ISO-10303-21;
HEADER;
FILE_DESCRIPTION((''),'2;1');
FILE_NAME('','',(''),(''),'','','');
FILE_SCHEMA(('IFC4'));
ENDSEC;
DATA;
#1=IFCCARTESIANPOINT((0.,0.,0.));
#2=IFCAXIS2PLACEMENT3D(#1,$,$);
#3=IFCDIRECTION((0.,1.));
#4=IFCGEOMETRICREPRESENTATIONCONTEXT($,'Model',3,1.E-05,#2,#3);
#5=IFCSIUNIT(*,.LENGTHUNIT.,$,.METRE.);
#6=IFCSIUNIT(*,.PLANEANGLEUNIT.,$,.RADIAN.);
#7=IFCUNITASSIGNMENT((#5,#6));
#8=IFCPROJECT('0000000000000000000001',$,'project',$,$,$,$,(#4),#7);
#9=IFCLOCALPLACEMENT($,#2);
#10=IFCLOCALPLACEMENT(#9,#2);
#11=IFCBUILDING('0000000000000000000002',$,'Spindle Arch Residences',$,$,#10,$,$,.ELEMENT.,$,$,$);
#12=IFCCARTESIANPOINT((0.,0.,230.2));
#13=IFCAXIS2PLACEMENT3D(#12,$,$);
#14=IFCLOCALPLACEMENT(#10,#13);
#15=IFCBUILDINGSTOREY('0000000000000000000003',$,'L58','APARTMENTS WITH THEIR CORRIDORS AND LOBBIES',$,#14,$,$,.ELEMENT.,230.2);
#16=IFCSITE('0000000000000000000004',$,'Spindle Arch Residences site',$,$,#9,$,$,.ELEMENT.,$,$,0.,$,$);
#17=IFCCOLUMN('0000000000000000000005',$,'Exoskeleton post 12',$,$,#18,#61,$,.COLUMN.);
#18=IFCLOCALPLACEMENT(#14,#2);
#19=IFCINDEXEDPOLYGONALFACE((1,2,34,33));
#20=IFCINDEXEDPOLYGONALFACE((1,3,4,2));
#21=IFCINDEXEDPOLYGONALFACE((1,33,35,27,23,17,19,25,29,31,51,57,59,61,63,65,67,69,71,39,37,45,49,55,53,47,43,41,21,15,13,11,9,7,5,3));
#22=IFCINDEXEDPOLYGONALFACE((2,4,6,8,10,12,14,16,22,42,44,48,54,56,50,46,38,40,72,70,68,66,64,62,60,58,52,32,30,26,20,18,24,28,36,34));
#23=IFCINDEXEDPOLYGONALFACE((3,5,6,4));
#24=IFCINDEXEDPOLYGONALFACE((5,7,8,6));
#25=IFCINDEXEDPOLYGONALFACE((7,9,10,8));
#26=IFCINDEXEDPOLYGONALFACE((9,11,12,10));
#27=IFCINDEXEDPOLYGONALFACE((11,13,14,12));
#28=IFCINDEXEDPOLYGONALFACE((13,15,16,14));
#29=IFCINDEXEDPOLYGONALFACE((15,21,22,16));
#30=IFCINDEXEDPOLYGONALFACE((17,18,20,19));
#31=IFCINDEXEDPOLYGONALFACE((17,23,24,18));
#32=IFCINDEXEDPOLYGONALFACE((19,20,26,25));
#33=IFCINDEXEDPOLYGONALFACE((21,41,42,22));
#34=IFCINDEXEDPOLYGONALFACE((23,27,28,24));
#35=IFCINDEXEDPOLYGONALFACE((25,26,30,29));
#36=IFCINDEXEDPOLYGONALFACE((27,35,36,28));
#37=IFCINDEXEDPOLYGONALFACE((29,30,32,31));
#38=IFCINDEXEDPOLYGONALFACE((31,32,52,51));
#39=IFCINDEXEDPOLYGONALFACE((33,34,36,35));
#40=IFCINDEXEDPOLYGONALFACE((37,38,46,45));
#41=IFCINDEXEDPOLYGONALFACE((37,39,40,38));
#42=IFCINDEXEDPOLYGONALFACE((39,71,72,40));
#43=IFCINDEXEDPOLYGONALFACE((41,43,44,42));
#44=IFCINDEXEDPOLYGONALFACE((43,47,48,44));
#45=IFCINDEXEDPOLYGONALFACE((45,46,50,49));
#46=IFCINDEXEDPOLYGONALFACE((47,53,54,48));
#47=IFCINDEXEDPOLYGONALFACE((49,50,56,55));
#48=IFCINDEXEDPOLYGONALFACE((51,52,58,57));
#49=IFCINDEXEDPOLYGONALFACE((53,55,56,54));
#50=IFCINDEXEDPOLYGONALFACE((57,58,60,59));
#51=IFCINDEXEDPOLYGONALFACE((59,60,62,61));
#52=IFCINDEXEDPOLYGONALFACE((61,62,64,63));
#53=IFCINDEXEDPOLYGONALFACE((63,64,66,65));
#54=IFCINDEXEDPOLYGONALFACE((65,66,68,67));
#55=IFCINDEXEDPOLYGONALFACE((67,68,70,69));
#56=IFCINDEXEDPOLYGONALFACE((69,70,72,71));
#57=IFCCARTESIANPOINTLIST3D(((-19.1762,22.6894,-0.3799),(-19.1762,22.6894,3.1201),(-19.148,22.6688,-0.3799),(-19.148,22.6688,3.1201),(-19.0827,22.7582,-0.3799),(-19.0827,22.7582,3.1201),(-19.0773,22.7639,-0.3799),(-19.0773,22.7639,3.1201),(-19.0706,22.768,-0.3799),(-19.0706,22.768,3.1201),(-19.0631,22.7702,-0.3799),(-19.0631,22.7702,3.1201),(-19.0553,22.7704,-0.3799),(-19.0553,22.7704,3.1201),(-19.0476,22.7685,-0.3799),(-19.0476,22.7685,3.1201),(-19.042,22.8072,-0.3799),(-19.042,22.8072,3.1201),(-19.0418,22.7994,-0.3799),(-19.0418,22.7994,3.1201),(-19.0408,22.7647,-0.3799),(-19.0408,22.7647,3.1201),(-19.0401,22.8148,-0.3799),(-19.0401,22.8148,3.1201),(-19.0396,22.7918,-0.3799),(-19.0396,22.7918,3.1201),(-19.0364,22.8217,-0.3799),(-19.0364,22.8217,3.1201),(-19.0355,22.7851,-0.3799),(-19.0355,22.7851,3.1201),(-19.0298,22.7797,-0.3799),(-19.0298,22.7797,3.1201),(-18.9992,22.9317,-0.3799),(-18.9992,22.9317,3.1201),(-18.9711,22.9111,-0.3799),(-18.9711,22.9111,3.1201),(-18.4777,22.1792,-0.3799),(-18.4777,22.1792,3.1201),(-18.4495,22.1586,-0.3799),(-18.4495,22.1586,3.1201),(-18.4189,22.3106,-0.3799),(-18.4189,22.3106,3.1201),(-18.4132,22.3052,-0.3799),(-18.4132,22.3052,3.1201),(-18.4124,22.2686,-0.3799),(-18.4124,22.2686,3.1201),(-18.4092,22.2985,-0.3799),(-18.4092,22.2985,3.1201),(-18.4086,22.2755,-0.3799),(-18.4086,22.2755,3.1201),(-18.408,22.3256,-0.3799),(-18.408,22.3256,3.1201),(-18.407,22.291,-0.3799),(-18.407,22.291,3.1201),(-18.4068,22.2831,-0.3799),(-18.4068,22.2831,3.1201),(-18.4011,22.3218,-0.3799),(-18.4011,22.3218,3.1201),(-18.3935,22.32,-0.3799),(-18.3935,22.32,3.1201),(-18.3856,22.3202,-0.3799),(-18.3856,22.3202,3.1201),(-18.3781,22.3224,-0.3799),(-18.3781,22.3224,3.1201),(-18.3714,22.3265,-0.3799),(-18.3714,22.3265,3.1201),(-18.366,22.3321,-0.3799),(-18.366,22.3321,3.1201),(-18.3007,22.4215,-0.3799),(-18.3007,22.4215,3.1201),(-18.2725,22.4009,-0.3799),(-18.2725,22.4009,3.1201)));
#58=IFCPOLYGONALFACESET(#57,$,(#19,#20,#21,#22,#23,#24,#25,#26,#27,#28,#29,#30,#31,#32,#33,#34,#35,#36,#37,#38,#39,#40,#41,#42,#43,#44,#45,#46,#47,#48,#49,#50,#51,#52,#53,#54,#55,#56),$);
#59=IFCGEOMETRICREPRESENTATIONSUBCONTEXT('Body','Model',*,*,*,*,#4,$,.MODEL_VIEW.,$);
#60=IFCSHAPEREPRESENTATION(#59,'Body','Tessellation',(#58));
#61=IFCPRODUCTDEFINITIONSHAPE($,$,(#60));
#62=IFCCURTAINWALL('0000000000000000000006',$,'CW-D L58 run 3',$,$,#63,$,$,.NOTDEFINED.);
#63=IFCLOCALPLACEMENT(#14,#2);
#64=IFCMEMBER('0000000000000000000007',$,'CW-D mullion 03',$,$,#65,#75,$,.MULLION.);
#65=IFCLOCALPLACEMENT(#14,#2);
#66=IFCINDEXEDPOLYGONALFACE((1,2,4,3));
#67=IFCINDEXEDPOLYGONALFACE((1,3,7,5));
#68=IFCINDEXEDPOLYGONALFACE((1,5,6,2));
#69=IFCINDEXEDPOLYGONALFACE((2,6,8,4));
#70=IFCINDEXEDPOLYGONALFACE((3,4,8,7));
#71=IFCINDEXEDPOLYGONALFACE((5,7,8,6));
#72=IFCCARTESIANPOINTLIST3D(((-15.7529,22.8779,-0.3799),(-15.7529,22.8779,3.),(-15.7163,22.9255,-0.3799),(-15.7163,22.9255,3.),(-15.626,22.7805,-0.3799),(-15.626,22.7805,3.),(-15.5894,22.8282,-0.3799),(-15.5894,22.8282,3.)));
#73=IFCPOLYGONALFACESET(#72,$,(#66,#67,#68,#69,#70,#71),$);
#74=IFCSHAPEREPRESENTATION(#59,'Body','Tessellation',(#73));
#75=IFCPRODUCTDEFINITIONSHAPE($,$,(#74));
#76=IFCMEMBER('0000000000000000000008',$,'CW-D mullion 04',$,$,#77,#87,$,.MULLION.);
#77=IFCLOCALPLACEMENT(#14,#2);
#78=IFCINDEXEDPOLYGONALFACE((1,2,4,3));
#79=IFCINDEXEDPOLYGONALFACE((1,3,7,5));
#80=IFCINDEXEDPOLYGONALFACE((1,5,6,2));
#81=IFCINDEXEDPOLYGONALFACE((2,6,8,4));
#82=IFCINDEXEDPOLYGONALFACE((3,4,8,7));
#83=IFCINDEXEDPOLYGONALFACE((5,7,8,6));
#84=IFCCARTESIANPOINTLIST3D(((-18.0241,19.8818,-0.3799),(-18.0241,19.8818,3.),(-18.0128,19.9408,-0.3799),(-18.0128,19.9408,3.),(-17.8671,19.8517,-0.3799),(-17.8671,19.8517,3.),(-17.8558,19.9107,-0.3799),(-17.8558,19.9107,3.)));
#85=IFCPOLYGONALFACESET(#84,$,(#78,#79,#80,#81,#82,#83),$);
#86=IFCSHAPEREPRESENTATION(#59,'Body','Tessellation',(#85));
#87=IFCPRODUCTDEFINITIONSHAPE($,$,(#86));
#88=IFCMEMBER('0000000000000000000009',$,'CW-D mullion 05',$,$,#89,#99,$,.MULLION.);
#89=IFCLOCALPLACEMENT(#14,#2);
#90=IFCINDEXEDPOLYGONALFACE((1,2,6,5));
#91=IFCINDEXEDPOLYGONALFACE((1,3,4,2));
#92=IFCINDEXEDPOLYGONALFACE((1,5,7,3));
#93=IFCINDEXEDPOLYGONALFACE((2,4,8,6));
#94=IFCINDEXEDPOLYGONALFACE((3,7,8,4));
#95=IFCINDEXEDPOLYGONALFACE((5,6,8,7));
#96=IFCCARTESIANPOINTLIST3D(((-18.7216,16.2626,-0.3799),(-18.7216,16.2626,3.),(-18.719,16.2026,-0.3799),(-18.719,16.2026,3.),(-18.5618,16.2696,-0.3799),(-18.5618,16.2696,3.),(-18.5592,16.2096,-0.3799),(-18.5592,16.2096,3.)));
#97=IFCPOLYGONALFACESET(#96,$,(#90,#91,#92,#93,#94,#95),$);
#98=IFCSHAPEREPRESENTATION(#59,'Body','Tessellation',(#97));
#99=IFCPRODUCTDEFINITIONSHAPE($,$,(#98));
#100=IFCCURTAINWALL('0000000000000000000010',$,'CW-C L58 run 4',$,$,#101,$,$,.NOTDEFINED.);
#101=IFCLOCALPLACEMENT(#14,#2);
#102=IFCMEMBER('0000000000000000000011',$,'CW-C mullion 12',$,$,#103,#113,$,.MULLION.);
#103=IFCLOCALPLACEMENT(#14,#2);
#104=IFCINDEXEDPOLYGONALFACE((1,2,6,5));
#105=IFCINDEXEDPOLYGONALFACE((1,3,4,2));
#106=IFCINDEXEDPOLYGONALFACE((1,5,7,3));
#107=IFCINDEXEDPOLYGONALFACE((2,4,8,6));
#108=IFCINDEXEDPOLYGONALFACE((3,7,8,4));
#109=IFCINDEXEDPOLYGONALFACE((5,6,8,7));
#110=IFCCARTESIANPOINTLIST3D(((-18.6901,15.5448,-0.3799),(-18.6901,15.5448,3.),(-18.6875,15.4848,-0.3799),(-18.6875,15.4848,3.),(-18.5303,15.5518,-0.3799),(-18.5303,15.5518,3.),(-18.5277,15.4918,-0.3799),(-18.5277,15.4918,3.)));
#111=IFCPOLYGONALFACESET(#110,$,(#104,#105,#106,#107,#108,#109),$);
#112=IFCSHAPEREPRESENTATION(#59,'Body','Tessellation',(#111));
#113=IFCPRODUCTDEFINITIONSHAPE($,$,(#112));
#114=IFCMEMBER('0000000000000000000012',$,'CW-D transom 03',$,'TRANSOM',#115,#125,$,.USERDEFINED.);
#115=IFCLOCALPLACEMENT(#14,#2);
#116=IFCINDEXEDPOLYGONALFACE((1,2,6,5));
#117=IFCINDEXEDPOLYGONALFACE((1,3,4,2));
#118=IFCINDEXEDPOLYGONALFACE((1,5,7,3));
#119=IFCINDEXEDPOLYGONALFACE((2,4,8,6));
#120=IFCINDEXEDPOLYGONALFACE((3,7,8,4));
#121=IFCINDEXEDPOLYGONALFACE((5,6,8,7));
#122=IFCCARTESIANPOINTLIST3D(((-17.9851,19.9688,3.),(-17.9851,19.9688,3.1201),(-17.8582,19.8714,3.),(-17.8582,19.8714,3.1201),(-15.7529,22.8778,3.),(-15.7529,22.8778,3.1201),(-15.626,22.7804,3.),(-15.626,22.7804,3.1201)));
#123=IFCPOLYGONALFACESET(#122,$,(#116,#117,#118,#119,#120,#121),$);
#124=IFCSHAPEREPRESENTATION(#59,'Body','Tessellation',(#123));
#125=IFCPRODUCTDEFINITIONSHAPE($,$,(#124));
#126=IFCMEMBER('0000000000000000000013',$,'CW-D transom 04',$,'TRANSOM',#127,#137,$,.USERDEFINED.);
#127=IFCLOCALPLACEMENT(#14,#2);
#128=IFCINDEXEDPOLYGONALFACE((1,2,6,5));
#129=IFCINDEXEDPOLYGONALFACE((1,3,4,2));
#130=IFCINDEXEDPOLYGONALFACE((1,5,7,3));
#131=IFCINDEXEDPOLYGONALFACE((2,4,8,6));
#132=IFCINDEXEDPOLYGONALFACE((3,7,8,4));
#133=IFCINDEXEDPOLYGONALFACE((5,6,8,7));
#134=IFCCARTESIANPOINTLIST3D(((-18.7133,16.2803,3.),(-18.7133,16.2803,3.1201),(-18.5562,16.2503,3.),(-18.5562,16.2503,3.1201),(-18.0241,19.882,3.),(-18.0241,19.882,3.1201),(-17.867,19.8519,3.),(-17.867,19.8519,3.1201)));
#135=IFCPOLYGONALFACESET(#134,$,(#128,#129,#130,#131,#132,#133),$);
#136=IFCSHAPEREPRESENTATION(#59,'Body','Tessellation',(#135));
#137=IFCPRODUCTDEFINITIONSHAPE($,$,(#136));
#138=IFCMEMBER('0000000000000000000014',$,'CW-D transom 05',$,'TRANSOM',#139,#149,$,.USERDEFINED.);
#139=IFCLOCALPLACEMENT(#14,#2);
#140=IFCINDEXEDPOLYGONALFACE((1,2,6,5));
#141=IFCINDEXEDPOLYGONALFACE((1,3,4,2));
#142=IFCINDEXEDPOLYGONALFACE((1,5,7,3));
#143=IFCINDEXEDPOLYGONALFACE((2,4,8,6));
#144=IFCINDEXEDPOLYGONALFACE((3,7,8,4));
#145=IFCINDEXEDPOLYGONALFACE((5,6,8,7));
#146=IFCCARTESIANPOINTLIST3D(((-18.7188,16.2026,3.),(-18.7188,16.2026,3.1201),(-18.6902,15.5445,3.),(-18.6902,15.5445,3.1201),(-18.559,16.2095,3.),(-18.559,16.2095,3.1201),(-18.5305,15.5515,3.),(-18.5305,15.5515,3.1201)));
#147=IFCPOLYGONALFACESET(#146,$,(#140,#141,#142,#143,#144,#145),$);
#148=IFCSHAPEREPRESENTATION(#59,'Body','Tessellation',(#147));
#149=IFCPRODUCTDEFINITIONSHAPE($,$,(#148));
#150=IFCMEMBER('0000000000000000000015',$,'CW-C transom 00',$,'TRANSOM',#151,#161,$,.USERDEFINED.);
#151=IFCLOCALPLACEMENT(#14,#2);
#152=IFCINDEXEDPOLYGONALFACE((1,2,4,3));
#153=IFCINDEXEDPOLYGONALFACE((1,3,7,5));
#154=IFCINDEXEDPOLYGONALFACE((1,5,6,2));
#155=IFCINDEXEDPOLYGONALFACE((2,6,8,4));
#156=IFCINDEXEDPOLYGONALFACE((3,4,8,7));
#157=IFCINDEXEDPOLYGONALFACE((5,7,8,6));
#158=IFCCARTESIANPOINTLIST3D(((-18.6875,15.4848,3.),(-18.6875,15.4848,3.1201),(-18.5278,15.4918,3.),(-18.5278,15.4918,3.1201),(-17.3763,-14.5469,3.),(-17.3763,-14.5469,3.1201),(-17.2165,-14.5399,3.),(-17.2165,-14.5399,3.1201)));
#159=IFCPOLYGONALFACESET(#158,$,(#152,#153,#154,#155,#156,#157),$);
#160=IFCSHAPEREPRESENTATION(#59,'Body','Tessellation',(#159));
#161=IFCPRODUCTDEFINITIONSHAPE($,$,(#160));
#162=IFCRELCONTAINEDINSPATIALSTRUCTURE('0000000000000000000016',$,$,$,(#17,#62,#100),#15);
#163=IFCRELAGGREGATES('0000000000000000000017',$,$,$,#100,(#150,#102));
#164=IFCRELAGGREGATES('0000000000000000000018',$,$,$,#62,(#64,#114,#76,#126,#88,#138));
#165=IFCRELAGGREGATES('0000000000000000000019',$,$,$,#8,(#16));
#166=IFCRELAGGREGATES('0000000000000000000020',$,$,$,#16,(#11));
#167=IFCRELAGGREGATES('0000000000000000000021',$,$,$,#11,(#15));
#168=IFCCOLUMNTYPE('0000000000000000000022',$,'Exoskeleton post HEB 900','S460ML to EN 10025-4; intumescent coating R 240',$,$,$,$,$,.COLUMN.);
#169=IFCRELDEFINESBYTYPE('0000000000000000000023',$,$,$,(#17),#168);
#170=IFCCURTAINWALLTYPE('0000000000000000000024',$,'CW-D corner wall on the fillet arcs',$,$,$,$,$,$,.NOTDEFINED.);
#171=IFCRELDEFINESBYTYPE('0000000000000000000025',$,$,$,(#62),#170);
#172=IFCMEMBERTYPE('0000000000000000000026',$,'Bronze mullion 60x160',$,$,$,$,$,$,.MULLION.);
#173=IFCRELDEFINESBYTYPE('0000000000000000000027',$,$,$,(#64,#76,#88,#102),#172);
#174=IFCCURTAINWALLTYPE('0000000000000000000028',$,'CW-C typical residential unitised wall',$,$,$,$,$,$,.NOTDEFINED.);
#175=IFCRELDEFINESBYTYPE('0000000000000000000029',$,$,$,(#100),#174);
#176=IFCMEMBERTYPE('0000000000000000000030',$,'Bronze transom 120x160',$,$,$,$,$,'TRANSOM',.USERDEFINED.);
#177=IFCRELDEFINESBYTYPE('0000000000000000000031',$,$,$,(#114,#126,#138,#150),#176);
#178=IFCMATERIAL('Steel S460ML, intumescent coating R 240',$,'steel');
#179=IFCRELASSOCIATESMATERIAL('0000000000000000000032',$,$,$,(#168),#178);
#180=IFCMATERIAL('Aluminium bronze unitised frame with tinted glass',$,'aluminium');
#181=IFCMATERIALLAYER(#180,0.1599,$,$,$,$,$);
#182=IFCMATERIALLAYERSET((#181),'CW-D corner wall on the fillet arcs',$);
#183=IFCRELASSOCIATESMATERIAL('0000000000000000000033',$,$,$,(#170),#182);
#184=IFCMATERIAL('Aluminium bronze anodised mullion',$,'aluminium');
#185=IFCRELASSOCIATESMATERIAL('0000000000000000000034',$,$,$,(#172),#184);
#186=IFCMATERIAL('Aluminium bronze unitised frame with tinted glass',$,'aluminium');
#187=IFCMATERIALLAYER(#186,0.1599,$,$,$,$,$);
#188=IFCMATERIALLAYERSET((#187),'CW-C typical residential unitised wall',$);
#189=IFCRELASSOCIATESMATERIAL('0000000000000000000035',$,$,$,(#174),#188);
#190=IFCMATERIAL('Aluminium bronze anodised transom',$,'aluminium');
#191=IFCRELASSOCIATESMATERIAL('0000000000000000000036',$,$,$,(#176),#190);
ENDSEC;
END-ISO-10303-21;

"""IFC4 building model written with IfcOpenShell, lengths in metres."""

from ifc_helpers import new_model, si_unit, direction, frame, origin, origin_2d, place, context, subcontext, project, spatial, rectangle, i_section, extrude, material, layer, layer_set, material_profile, profile_set, type_object, element, aggregate, save


model = new_model("IFC4")

# Units and contexts
model_context = context("Model", 3, precision=1e-05, world=origin(), true_north=direction((0.0, 1.0)))
body_context = subcontext(model_context, "Body", "Model", "MODEL_VIEW")
ifc_project = project(units=[si_unit("LENGTHUNIT", "METRE"), si_unit("PLANEANGLEUNIT", "RADIAN")], contexts=[model_context])

# Site, building, storey
site_placement = place(None, origin())
site = spatial("IfcSite", under=ifc_project, at=site_placement, Name="Spindle Arch Residences site", CompositionType="ELEMENT", RefElevation=0.0)
building_placement = place(site_placement, origin())
building = spatial("IfcBuilding", under=site, at=building_placement, Name="Spindle Arch Residences", CompositionType="ELEMENT")
storey_placement = place(building_placement, frame((0.0, 0.0, 230.2)))
storey = spatial("IfcBuildingStorey", under=building, at=storey_placement, Name="L58", Description="APARTMENTS WITH THEIR CORRIDORS AND LOBBIES", CompositionType="ELEMENT", Elevation=230.2)

# Column
ifc_material_1 = material(Name="Steel S460ML, intumescent coating R 240", Category="steel")
ifc_material_profile_1 = material_profile(ifc_material_1, i_section(OverallWidth=0.3, OverallDepth=0.8999, WebThickness=0.0186, FlangeThickness=0.0349, FilletRadius=0.03, at=origin_2d()), Name="HEB 900")
ifc_profile_set_1 = profile_set([ifc_material_profile_1], Name="Steel S460ML, intumescent coating R 240")
column_type = type_object("IfcColumnType", Name="Exoskeleton post HEB 900", Description="S460ML to EN 10025-4; intumescent coating R 240", PredefinedType="COLUMN", material=ifc_profile_set_1)
column_placement = place(storey_placement, frame((-18.7244, 22.5452, -0.3799), z_axis=(0.0, 0.0, 1.0), x_axis=(0.589781, 0.807563, 0.0)))
element("IfcColumn", 1, at=column_placement, inside=storey, type_object=column_type, Name="Exoskeleton post 12", PredefinedType="COLUMN", context=body_context, shape_type="SweptSolid", body=[
    extrude(i_section(OverallWidth=0.3, OverallDepth=0.8999, WebThickness=0.0186, FlangeThickness=0.0349, FilletRadius=0.03, at=origin_2d()), origin(), (0.0, 0.0, 1.0), 3.5),
])

# Curtain wall, members
ifc_material_2 = material(Name="Aluminium bronze unitised frame with tinted glass", Category="aluminium")
ifc_layer_1 = layer(ifc_material_2, 0.1599)
ifc_layer_set_1 = layer_set([ifc_layer_1], Name="CW-D corner wall on the fillet arcs")
curtain_wall_type_1 = type_object("IfcCurtainWallType", Name="CW-D corner wall on the fillet arcs", PredefinedType="NOTDEFINED", material=ifc_layer_set_1)
curtain_wall_1_placement = place(storey_placement, origin())
curtain_wall_1 = element("IfcCurtainWall", 2, at=curtain_wall_1_placement, inside=storey, type_object=curtain_wall_type_1, Name="CW-D L58 run 3", PredefinedType="NOTDEFINED")
ifc_material_3 = material(Name="Aluminium bronze anodised mullion", Category="aluminium")
ifc_material_profile_2 = material_profile(ifc_material_3, rectangle(XDim=0.1599, YDim=0.0601, at=origin_2d()), Name="MU 60x160")
ifc_profile_set_2 = profile_set([ifc_material_profile_2], Name="Aluminium bronze anodised mullion")
member_type_1 = type_object("IfcMemberType", Name="Bronze mullion 60x160", PredefinedType="MULLION", material=ifc_profile_set_2)
member_1_placement = place(storey_placement, frame((-15.6711, 22.853, -0.3799), z_axis=(0.0, 0.0, 1.0), x_axis=(0.793353, -0.608761, 0.0)))
member_1 = element("IfcMember", 3, at=member_1_placement, type_object=member_type_1, Name="CW-D mullion 03", PredefinedType="MULLION", context=body_context, shape_type="SweptSolid", body=[
    extrude(rectangle(XDim=0.1599, YDim=0.0601, at=origin_2d()), origin(), (0.0, 0.0, 1.0), 3.3799),
])
member_2_placement = place(storey_placement, frame((-17.9399, 19.8962, -0.3799), z_axis=(0.0, 0.0, 1.0), x_axis=(0.982178, -0.187953, 0.0)))
member_2 = element("IfcMember", 4, at=member_2_placement, type_object=member_type_1, Name="CW-D mullion 04", PredefinedType="MULLION", context=body_context, shape_type="SweptSolid", body=[
    extrude(rectangle(XDim=0.1599, YDim=0.0601, at=origin_2d()), origin(), (0.0, 0.0, 1.0), 3.3799),
])
member_3_placement = place(storey_placement, frame((-18.6404, 16.2361, -0.3799), z_axis=(0.0, 0.0, 1.0), x_axis=(0.999048, 0.043619, 0.0)))
member_3 = element("IfcMember", 5, at=member_3_placement, type_object=member_type_1, Name="CW-D mullion 05", PredefinedType="MULLION", context=body_context, shape_type="SweptSolid", body=[
    extrude(rectangle(XDim=0.1599, YDim=0.0601, at=origin_2d()), origin(), (0.0, 0.0, 1.0), 3.3799),
])

# Curtain wall, member
ifc_material_4 = material(Name="Aluminium bronze unitised frame with tinted glass", Category="aluminium")
ifc_layer_2 = layer(ifc_material_4, 0.1599)
ifc_layer_set_2 = layer_set([ifc_layer_2], Name="CW-C typical residential unitised wall")
curtain_wall_type_2 = type_object("IfcCurtainWallType", Name="CW-C typical residential unitised wall", PredefinedType="NOTDEFINED", material=ifc_layer_set_2)
curtain_wall_2_placement = place(storey_placement, origin())
curtain_wall_2 = element("IfcCurtainWall", 6, at=curtain_wall_2_placement, inside=storey, type_object=curtain_wall_type_2, Name="CW-C L58 run 4", PredefinedType="NOTDEFINED")
member_4_placement = place(storey_placement, frame((-18.6089, 15.5183, -0.3799), z_axis=(0.0, 0.0, 1.0), x_axis=(0.999048, 0.043619, 0.0)))
member_4 = element("IfcMember", 7, at=member_4_placement, type_object=member_type_1, Name="CW-C mullion 12", PredefinedType="MULLION", context=body_context, shape_type="SweptSolid", body=[
    extrude(rectangle(XDim=0.1599, YDim=0.0601, at=origin_2d()), origin(), (0.0, 0.0, 1.0), 3.3799),
])

# Members
ifc_material_5 = material(Name="Aluminium bronze anodised transom", Category="aluminium")
ifc_material_profile_3 = material_profile(ifc_material_5, rectangle(XDim=0.1599, YDim=0.1201, at=origin_2d()), Name="TR 120x160")
ifc_profile_set_3 = profile_set([ifc_material_profile_3], Name="Aluminium bronze anodised transom")
member_type_2 = type_object("IfcMemberType", Name="Bronze transom 120x160", ElementType="TRANSOM", PredefinedType="USERDEFINED", material=ifc_profile_set_3)
member_5_placement = place(storey_placement, frame((-15.6895, 22.8291, 3.0601), z_axis=(-0.608774, -0.793344, 0.0), x_axis=(0.793344, -0.608774, 0.0)))
member_5 = element("IfcMember", 8, at=member_5_placement, type_object=member_type_2, Name="CW-D transom 03", ObjectType="TRANSOM", PredefinedType="USERDEFINED", context=body_context, shape_type="SweptSolid", body=[
    extrude(rectangle(XDim=0.1599, YDim=0.1201, at=origin_2d()), origin(), (0.0, 0.0, 1.0), 3.6667),
])
member_6_placement = place(storey_placement, frame((-17.9456, 19.8669, 3.0601), z_axis=(-0.187953, -0.982178, 0.0), x_axis=(0.982178, -0.187953, 0.0)))
member_6 = element("IfcMember", 9, at=member_6_placement, type_object=member_type_2, Name="CW-D transom 04", ObjectType="TRANSOM", PredefinedType="USERDEFINED", context=body_context, shape_type="SweptSolid", body=[
    extrude(rectangle(XDim=0.1599, YDim=0.1201, at=origin_2d()), origin(), (0.0, 0.0, 1.0), 3.667),
])
member_7_placement = place(storey_placement, frame((-18.6389, 16.2061, 3.0601), z_axis=(0.043373, -0.999059, 0.0), x_axis=(0.999059, 0.043373, 0.0)))
member_7 = element("IfcMember", 10, at=member_7_placement, type_object=member_type_2, Name="CW-D transom 05", ObjectType="TRANSOM", PredefinedType="USERDEFINED", context=body_context, shape_type="SweptSolid", body=[
    extrude(rectangle(XDim=0.1599, YDim=0.1201, at=origin_2d()), origin(), (0.0, 0.0, 1.0), 0.6587),
])
member_8_placement = place(storey_placement, frame((-18.6077, 15.4883, 3.0601), z_axis=(0.043622, -0.999048, 0.0), x_axis=(0.999048, 0.043622, 0.0)))
member_8 = element("IfcMember", 11, at=member_8_placement, type_object=member_type_2, Name="CW-C transom 00", ObjectType="TRANSOM", PredefinedType="USERDEFINED", context=body_context, shape_type="SweptSolid", body=[
    extrude(rectangle(XDim=0.1599, YDim=0.1201, at=origin_2d()), origin(), (0.0, 0.0, 1.0), 30.0603),
])
aggregate(curtain_wall_2, [member_8, member_4])

aggregate(curtain_wall_1, [member_1, member_5, member_2, member_6, member_3, member_7])

save(model, "model.ifc")
